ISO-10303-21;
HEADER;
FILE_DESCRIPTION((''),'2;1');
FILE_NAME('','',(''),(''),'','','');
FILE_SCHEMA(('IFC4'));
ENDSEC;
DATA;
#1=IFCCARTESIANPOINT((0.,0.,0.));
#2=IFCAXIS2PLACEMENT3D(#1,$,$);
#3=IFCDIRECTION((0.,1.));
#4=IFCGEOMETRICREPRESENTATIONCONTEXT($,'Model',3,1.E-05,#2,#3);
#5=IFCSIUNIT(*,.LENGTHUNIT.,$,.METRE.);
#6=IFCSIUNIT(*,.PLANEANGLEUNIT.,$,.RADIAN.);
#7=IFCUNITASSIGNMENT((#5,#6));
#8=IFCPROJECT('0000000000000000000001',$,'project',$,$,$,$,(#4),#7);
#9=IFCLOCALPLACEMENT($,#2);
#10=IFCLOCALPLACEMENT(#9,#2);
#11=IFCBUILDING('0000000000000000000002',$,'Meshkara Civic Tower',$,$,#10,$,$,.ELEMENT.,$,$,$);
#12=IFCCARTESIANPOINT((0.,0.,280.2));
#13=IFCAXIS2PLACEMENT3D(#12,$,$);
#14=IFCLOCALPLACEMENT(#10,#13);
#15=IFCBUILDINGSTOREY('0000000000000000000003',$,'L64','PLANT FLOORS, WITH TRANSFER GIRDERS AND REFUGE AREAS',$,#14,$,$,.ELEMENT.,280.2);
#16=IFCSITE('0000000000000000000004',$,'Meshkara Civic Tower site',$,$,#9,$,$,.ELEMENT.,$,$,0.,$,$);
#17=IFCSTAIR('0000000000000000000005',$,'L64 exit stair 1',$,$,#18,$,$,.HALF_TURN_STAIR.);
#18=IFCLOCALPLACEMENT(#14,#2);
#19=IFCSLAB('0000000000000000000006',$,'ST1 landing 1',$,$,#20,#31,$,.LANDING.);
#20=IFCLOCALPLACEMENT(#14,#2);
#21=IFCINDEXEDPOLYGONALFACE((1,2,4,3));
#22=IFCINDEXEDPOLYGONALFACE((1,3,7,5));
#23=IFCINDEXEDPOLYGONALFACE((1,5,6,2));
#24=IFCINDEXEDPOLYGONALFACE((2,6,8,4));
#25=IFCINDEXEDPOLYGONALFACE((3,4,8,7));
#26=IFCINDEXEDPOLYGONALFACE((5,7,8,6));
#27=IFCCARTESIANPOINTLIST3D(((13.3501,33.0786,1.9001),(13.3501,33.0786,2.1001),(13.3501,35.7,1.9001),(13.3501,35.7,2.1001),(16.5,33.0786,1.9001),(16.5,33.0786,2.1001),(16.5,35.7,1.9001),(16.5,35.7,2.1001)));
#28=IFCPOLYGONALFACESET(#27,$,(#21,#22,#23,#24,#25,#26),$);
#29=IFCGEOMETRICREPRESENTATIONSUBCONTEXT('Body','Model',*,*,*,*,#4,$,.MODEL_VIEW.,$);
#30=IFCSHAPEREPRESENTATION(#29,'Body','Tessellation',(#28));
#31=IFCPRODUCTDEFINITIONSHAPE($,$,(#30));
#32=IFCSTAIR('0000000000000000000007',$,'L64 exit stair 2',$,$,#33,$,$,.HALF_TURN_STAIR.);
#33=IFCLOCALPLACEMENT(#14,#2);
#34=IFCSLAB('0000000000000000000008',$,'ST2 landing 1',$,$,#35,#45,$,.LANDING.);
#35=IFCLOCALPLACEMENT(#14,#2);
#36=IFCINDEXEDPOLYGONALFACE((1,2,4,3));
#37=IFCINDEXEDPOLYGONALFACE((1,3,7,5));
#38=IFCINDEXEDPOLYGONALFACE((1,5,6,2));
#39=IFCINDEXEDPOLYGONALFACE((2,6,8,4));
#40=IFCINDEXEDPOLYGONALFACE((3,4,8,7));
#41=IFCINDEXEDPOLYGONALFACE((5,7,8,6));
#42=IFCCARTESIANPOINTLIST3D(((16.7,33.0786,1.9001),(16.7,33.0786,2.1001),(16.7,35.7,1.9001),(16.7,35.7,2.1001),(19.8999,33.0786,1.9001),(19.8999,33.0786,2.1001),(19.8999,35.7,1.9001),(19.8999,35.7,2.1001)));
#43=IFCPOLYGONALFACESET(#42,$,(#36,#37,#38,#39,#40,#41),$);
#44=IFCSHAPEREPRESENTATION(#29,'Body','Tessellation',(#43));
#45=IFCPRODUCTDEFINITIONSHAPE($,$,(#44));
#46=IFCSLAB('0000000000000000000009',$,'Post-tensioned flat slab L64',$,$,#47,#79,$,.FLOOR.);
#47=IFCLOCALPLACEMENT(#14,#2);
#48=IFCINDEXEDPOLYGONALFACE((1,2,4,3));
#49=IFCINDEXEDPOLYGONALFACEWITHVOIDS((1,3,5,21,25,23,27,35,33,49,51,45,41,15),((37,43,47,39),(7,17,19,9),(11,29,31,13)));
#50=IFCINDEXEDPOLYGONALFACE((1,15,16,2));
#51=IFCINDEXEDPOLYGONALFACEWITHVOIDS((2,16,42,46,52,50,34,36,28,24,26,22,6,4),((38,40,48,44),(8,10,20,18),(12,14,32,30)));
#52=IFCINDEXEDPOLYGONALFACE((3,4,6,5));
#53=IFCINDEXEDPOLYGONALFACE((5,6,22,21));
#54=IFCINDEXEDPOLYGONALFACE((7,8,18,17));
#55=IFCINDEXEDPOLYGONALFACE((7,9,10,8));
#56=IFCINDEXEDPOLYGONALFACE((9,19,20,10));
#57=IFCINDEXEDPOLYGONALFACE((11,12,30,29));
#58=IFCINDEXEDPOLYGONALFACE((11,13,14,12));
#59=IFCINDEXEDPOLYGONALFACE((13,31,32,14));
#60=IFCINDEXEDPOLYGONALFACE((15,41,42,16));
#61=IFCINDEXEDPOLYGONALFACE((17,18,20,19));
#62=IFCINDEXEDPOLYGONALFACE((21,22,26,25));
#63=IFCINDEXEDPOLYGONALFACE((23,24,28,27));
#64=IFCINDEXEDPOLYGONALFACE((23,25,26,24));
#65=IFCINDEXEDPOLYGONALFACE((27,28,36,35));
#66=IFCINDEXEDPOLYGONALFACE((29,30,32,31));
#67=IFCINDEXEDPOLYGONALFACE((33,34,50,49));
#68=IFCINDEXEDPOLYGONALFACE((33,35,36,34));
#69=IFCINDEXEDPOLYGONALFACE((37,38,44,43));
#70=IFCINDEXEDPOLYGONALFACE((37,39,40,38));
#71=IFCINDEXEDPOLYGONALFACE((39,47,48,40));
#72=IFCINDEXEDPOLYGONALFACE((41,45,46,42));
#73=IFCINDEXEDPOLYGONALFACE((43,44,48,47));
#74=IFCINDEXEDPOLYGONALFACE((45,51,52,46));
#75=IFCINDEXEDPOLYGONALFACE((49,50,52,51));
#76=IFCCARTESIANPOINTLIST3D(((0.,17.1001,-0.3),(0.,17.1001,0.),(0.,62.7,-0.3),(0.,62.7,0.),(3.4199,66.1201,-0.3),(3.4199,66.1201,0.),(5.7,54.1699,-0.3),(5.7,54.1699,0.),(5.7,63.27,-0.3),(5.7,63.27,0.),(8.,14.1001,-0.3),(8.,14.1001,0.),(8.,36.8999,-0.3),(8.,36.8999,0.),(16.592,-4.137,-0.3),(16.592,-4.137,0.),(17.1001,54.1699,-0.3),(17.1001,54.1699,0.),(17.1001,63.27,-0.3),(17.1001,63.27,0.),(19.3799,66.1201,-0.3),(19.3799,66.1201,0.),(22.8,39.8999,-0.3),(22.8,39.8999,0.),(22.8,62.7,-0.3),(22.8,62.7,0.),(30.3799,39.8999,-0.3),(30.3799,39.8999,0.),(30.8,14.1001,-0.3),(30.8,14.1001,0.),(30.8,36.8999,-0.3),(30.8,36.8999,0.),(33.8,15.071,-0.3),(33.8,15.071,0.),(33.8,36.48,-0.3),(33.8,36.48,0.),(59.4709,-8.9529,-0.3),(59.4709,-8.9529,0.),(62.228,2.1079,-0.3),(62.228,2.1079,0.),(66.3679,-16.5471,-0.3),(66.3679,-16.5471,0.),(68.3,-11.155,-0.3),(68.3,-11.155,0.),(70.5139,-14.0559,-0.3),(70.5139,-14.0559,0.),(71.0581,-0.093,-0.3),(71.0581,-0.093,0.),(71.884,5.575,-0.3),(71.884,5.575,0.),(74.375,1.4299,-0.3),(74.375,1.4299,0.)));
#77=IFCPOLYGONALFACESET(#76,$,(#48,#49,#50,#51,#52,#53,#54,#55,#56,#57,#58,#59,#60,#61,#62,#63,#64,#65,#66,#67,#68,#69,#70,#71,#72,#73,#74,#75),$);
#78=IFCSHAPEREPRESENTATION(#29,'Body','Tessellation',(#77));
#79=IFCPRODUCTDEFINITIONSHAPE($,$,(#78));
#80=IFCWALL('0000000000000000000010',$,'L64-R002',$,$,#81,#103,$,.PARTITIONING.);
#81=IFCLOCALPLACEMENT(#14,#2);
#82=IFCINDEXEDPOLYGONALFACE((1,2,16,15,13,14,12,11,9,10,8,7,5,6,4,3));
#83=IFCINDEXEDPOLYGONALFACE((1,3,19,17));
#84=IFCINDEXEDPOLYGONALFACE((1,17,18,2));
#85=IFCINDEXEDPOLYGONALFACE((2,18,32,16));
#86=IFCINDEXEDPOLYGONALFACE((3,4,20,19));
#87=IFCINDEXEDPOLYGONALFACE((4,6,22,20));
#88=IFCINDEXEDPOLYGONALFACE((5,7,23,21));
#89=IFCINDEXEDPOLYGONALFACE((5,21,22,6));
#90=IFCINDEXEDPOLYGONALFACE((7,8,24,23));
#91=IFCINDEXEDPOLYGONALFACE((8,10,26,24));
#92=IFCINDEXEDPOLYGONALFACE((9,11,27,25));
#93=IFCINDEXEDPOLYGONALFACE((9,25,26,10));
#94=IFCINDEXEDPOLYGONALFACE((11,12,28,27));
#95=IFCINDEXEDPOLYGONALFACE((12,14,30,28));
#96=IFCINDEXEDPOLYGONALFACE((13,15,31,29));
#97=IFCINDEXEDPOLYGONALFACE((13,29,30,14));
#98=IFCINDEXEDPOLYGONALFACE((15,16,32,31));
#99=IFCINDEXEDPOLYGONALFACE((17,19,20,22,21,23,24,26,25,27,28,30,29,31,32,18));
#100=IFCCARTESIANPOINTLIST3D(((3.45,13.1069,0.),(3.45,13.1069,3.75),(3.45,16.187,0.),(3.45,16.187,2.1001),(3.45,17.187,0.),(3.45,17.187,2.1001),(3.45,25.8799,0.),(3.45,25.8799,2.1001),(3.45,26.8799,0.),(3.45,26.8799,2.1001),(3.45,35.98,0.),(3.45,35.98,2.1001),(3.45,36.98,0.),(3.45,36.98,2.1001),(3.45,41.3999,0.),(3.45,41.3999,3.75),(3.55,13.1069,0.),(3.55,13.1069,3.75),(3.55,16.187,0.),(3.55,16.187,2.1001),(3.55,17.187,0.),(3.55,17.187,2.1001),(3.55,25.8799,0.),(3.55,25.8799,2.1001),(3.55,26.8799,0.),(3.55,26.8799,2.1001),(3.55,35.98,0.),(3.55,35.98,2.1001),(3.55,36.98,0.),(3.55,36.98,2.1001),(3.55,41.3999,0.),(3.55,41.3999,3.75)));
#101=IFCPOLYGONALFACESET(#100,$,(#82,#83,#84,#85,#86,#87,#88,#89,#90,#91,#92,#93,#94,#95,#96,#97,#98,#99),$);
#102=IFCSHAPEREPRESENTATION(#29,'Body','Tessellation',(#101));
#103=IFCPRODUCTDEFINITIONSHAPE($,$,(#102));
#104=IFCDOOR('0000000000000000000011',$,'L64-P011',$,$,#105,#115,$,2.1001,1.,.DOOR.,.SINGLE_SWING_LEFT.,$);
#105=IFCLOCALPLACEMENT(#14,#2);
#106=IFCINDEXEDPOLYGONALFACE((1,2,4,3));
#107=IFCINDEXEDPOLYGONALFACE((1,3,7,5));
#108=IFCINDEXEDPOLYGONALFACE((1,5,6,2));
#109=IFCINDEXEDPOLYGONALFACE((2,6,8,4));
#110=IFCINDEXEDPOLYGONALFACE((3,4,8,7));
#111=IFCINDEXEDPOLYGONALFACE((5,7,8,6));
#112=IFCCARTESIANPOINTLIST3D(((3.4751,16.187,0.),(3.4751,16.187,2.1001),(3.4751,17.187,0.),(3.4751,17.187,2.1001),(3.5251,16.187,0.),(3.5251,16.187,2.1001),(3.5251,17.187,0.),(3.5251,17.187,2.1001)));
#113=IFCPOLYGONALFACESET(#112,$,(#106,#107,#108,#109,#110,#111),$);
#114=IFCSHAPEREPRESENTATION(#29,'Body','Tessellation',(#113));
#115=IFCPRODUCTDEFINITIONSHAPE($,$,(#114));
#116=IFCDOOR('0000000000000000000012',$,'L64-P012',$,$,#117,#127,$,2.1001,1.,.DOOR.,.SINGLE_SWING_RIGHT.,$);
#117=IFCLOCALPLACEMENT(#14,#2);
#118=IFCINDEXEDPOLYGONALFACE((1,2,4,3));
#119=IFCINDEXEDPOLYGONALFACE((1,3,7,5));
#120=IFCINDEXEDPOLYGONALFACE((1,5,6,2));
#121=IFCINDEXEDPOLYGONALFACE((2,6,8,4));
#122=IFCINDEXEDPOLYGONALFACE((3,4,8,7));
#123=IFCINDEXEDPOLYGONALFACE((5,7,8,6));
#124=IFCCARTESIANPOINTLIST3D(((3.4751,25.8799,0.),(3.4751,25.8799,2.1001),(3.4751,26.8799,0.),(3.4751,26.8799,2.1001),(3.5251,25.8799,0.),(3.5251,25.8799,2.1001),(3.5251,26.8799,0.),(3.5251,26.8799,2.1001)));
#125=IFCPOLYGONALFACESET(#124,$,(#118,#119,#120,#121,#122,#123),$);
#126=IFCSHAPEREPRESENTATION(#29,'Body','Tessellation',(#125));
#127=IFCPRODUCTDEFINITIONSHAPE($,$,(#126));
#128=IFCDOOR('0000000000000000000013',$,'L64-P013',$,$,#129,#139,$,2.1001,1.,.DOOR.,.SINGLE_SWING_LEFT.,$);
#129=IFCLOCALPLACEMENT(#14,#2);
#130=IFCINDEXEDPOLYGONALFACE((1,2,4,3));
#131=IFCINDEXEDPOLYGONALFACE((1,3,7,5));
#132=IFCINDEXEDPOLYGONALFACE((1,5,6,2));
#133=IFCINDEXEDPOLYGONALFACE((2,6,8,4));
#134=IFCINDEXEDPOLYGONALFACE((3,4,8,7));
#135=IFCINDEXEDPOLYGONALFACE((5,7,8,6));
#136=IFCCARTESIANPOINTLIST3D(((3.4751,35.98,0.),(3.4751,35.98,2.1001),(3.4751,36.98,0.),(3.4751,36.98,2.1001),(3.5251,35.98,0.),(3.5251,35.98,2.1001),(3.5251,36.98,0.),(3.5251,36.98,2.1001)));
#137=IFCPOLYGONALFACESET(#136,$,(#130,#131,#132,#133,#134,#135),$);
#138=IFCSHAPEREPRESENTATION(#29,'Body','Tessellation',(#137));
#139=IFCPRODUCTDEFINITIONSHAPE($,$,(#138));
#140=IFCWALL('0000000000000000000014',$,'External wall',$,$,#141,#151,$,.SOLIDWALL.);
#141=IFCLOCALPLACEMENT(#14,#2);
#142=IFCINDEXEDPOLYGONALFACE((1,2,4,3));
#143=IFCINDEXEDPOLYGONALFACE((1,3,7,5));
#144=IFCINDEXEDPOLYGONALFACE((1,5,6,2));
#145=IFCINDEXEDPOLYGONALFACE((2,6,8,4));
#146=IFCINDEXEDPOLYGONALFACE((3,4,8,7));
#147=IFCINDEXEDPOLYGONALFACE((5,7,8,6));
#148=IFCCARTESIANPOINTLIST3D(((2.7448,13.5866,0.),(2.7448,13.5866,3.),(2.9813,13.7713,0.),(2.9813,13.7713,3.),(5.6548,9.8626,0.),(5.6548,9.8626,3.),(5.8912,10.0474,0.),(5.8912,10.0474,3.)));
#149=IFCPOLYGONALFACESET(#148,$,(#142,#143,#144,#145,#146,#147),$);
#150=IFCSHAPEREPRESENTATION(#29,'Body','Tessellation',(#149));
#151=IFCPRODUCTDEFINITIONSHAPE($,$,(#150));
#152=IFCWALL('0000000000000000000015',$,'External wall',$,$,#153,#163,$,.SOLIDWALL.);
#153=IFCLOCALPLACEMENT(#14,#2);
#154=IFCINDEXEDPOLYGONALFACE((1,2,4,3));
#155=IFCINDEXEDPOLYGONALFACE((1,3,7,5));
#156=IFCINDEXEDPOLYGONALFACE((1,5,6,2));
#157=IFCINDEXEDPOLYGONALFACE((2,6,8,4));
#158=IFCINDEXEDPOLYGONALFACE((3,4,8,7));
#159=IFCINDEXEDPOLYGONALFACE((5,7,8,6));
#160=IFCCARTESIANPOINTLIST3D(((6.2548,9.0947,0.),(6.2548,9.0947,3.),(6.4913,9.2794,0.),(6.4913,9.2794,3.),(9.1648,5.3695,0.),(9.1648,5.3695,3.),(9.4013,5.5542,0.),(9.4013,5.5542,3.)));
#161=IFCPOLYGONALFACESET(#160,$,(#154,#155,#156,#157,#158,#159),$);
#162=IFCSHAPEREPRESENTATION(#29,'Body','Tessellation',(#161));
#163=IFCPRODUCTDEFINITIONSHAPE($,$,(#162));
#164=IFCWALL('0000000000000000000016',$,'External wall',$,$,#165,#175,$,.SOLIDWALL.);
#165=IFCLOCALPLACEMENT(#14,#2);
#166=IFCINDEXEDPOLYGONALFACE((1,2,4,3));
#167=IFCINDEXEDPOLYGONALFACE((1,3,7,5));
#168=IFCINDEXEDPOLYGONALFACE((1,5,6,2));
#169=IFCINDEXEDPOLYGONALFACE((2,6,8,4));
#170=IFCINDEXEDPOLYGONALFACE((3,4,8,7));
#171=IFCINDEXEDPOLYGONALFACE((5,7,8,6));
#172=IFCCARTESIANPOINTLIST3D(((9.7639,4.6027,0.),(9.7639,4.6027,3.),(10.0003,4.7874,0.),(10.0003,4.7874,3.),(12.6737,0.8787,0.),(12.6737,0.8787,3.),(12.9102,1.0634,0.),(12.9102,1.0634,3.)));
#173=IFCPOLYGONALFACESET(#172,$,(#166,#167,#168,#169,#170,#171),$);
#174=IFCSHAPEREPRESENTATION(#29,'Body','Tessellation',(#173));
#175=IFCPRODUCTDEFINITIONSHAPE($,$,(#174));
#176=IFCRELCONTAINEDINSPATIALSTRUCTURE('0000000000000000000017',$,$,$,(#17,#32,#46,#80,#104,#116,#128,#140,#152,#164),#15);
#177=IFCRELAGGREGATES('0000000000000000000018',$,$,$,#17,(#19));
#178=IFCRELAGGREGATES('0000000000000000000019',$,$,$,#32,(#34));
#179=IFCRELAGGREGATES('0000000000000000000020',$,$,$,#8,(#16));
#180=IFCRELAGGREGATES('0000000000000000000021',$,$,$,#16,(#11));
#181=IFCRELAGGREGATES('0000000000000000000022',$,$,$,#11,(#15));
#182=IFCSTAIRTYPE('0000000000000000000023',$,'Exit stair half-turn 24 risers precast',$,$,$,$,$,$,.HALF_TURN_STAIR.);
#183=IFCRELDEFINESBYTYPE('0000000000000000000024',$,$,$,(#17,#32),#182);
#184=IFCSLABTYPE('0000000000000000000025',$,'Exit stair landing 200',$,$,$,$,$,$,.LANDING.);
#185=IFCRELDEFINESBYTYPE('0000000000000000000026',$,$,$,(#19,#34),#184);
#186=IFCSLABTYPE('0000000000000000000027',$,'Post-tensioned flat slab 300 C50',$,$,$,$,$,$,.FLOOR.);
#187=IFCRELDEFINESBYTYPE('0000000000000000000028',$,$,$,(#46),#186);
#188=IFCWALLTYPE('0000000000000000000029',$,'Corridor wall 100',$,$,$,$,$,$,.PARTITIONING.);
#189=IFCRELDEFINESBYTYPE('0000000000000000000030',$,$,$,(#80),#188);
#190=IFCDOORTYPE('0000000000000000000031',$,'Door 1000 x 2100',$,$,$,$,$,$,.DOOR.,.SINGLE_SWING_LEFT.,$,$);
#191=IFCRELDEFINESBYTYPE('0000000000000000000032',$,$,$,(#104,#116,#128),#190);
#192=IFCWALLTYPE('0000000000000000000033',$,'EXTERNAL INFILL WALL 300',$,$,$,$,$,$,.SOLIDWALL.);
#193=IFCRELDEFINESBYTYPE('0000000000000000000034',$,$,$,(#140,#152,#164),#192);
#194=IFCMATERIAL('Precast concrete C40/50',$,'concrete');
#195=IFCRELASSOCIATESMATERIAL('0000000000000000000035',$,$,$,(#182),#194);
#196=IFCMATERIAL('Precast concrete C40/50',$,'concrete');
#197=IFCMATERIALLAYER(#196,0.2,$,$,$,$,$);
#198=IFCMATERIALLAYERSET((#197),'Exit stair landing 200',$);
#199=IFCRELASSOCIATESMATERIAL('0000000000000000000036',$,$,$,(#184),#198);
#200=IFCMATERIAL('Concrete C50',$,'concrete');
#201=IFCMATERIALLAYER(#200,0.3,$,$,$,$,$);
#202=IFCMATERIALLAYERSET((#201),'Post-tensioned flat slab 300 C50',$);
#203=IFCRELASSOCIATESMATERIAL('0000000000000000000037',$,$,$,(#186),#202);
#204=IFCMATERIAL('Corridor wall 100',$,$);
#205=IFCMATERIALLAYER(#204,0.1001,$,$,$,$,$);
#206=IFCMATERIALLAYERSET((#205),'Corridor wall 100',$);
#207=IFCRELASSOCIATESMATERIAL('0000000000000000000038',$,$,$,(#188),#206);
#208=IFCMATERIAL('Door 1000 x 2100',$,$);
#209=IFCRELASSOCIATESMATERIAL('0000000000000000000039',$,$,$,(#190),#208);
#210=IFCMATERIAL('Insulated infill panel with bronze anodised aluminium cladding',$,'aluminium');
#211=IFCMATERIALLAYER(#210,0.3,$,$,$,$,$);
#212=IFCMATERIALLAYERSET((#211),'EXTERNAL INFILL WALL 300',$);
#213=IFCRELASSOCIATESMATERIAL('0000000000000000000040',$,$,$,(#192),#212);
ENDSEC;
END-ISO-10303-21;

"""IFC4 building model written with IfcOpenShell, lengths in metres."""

from ifc_helpers import new_model, si_unit, direction, frame, frame_2d, origin, place, context, subcontext, project, spatial, polyline, rectangle, outline, extrude, material, layer, layer_set, type_object, element, fill, aggregate, save


model = new_model("IFC4")

# Units and contexts
model_context = context("Model", 3, precision=1e-05, world=origin(), true_north=direction((0.0, 1.0)))
body_context = subcontext(model_context, "Body", "Model", "MODEL_VIEW")
ifc_project = project(units=[si_unit("LENGTHUNIT", "METRE"), si_unit("PLANEANGLEUNIT", "RADIAN")], contexts=[model_context])

# Site, building, storey
site_placement = place(None, origin())
site = spatial("IfcSite", under=ifc_project, at=site_placement, Name="Meshkara Civic Tower site", CompositionType="ELEMENT", RefElevation=0.0)
building_placement = place(site_placement, origin())
building = spatial("IfcBuilding", under=site, at=building_placement, Name="Meshkara Civic Tower", CompositionType="ELEMENT")
storey_placement = place(building_placement, frame((0.0, 0.0, 280.2)))
storey = spatial("IfcBuildingStorey", under=building, at=storey_placement, Name="L64", Description="PLANT FLOORS, WITH TRANSFER GIRDERS AND REFUGE AREAS", CompositionType="ELEMENT", Elevation=280.2)

# Stairs, slabs
ifc_material_1 = material(Name="Precast concrete C40/50", Category="concrete")
stair_type = type_object("IfcStairType", Name="Exit stair half-turn 24 risers precast", PredefinedType="HALF_TURN_STAIR", material=ifc_material_1)
stair_1_placement = place(storey_placement, origin())
stair_1 = element("IfcStair", 1, at=stair_1_placement, inside=storey, type_object=stair_type, Name="L64 exit stair 1", PredefinedType="HALF_TURN_STAIR")
ifc_material_2 = material(Name="Precast concrete C40/50", Category="concrete")
ifc_layer_1 = layer(ifc_material_2, 0.2)
ifc_layer_set_1 = layer_set([ifc_layer_1], Name="Exit stair landing 200")
slab_type_1 = type_object("IfcSlabType", Name="Exit stair landing 200", PredefinedType="LANDING", material=ifc_layer_set_1)
slab_1_placement = place(storey_placement, frame((0.0, 0.0, 1.9001)))
slab_1 = element("IfcSlab", 2, at=slab_1_placement, type_object=slab_type_1, Name="ST1 landing 1", PredefinedType="LANDING", context=body_context, shape_type="SweptSolid", body=[
    extrude(outline(polyline([(16.5, 33.0786), (16.5, 35.7), (13.3501, 35.7), (13.3501, 33.0786), (16.5, 33.0786)])), origin(), (0.0, 0.0, 1.0), 0.2),
])
aggregate(stair_1, [slab_1])
stair_2_placement = place(storey_placement, origin())
stair_2 = element("IfcStair", 3, at=stair_2_placement, inside=storey, type_object=stair_type, Name="L64 exit stair 2", PredefinedType="HALF_TURN_STAIR")
slab_2_placement = place(storey_placement, frame((0.0, 0.0, 1.9001)))
slab_2 = element("IfcSlab", 4, at=slab_2_placement, type_object=slab_type_1, Name="ST2 landing 1", PredefinedType="LANDING", context=body_context, shape_type="SweptSolid", body=[
    extrude(outline(polyline([(19.8999, 33.0786), (19.8999, 35.7), (16.7, 35.7), (16.7, 33.0786), (19.8999, 33.0786)])), origin(), (0.0, 0.0, 1.0), 0.2),
])
aggregate(stair_2, [slab_2])

# Slab
ifc_material_3 = material(Name="Concrete C50", Category="concrete")
ifc_layer_2 = layer(ifc_material_3, 0.3)
ifc_layer_set_2 = layer_set([ifc_layer_2], Name="Post-tensioned flat slab 300 C50")
slab_type_2 = type_object("IfcSlabType", Name="Post-tensioned flat slab 300 C50", PredefinedType="FLOOR", material=ifc_layer_set_2)
slab_3_placement = place(storey_placement, frame((0.0, 0.0, -0.3)))
element("IfcSlab", 5, at=slab_3_placement, inside=storey, type_object=slab_type_2, Name="Post-tensioned flat slab L64", PredefinedType="FLOOR", context=body_context, shape_type="SweptSolid", body=[
    extrude(outline(polyline([(70.5139, -14.0559), (66.3679, -16.5471), (16.592, -4.137), (0.0, 17.1001), (0.0, 62.7), (3.4199, 66.1201), (19.3799, 66.1201), (22.8, 62.7), (22.8, 39.8999), (30.3799, 39.8999), (33.8, 36.48), (33.8, 15.071), (71.884, 5.575), (74.375, 1.4299), (70.5139, -14.0559)]), holes=[polyline([(68.3, -11.155), (71.0581, -0.093), (62.228, 2.1079), (59.4709, -8.9529), (68.3, -11.155)]), polyline([(8.0, 14.1001), (30.8, 14.1001), (30.8, 36.8999), (8.0, 36.8999), (8.0, 14.1001)]), polyline([(5.7, 63.27), (5.7, 54.1699), (17.1001, 54.1699), (17.1001, 63.27), (5.7, 63.27)])]), origin(), (0.0, 0.0, 1.0), 0.3),
])

# Wall, openings, doors
ifc_material_4 = material(Name="Corridor wall 100")
ifc_layer_3 = layer(ifc_material_4, 0.1001)
ifc_layer_set_3 = layer_set([ifc_layer_3], Name="Corridor wall 100")
wall_type_1 = type_object("IfcWallType", Name="Corridor wall 100", PredefinedType="PARTITIONING", material=ifc_layer_set_3)
wall_1_placement = place(storey_placement, frame((3.5, 13.1069, 0.0), z_axis=(0.0, 0.0, 1.0), x_axis=(0.0, 1.0, 0.0)))
wall_1 = element("IfcWall", 6, at=wall_1_placement, inside=storey, type_object=wall_type_1, Name="L64-R002", PredefinedType="PARTITIONING", context=body_context, shape_type="SweptSolid", body=[
    extrude(rectangle(XDim=28.293, YDim=0.1001, at=frame_2d((14.1465, 0.0))), origin(), (0.0, 0.0, 1.0), 3.75),
])
opening_1_placement = place(wall_1_placement, frame((3.0801, 0.0, 0.0)))
opening_1 = element("IfcOpeningElement", 7, at=opening_1_placement, cuts=wall_1, PredefinedType="OPENING", context=body_context, shape_type="SweptSolid", body=[
    extrude(rectangle(XDim=1.0, YDim=2.1001, at=frame_2d((0.5, 1.05))), frame((0.0, 0.0601, 0.0), z_axis=(0.0, -1.0, 0.0), x_axis=(1.0, 0.0, 0.0)), (0.0, 0.0, 1.0), 0.1201),
])
opening_2_placement = place(wall_1_placement, frame((12.7729, 0.0, 0.0)))
opening_2 = element("IfcOpeningElement", 8, at=opening_2_placement, cuts=wall_1, PredefinedType="OPENING", context=body_context, shape_type="SweptSolid", body=[
    extrude(rectangle(XDim=1.0, YDim=2.1001, at=frame_2d((0.5, 1.05))), frame((0.0, 0.0601, 0.0), z_axis=(0.0, -1.0, 0.0), x_axis=(1.0, 0.0, 0.0)), (0.0, 0.0, 1.0), 0.1201),
])
opening_3_placement = place(wall_1_placement, frame((22.873, 0.0, 0.0)))
opening_3 = element("IfcOpeningElement", 9, at=opening_3_placement, cuts=wall_1, PredefinedType="OPENING", context=body_context, shape_type="SweptSolid", body=[
    extrude(rectangle(XDim=1.0, YDim=2.1001, at=frame_2d((0.5, 1.05))), frame((0.0, 0.0601, 0.0), z_axis=(0.0, -1.0, 0.0), x_axis=(1.0, 0.0, 0.0)), (0.0, 0.0, 1.0), 0.1201),
])
ifc_material_5 = material(Name="Door 1000 x 2100")
door_type_1 = type_object("IfcDoorType", Name="Door 1000 x 2100", OperationType="SINGLE_SWING_LEFT", PredefinedType="DOOR", material=ifc_material_5)
door_1_placement = place(opening_1_placement, origin())
door_1 = element("IfcDoor", 10, at=door_1_placement, inside=storey, type_object=door_type_1, Name="L64-P011", OperationType="SINGLE_SWING_LEFT", OverallHeight=2.1001, OverallWidth=1.0, PredefinedType="DOOR", context=body_context, shape_type="SweptSolid", body=[
    extrude(rectangle(XDim=1.0, YDim=2.1001, at=frame_2d((0.5, 1.05))), frame((0.0, 0.0249, 0.0), z_axis=(0.0, -1.0, 0.0), x_axis=(1.0, 0.0, 0.0)), (0.0, 0.0, 1.0), 0.05),
])
fill(opening_1, door_1)
door_2_placement = place(opening_2_placement, origin())
door_2 = element("IfcDoor", 11, at=door_2_placement, inside=storey, type_object=door_type_1, Name="L64-P012", OperationType="SINGLE_SWING_RIGHT", OverallHeight=2.1001, OverallWidth=1.0, PredefinedType="DOOR", context=body_context, shape_type="SweptSolid", body=[
    extrude(rectangle(XDim=1.0, YDim=2.1001, at=frame_2d((0.5, 1.05))), frame((0.0, 0.0249, 0.0), z_axis=(0.0, -1.0, 0.0), x_axis=(1.0, 0.0, 0.0)), (0.0, 0.0, 1.0), 0.05),
])
fill(opening_2, door_2)
door_3_placement = place(opening_3_placement, origin())
door_3 = element("IfcDoor", 12, at=door_3_placement, inside=storey, type_object=door_type_1, Name="L64-P013", OperationType="SINGLE_SWING_LEFT", OverallHeight=2.1001, OverallWidth=1.0, PredefinedType="DOOR", context=body_context, shape_type="SweptSolid", body=[
    extrude(rectangle(XDim=1.0, YDim=2.1001, at=frame_2d((0.5, 1.05))), frame((0.0, 0.0249, 0.0), z_axis=(0.0, -1.0, 0.0), x_axis=(1.0, 0.0, 0.0)), (0.0, 0.0, 1.0), 0.05),
])
fill(opening_3, door_3)

# Walls
ifc_material_6 = material(Name="Insulated infill panel with bronze anodised aluminium cladding", Category="aluminium")
ifc_layer_4 = layer(ifc_material_6, 0.3)
ifc_layer_set_4 = layer_set([ifc_layer_4], Name="EXTERNAL INFILL WALL 300")
wall_type_2 = type_object("IfcWallType", Name="EXTERNAL INFILL WALL 300", PredefinedType="SOLIDWALL", material=ifc_layer_set_4)
wall_2_placement = place(storey_placement, frame((2.863, 13.679, 0.0), z_axis=(0.0, 0.0, 1.0), x_axis=(0.615727, -0.787959, 0.0)))
element("IfcWall", 13, at=wall_2_placement, inside=storey, type_object=wall_type_2, Name="External wall", PredefinedType="SOLIDWALL", context=body_context, shape_type="SweptSolid", body=[
    extrude(rectangle(XDim=4.7261, YDim=0.3, at=frame_2d((2.363, 0.0))), origin(), (0.0, 0.0, 1.0), 3.0),
])
wall_3_placement = place(storey_placement, frame((6.373, 9.187, 0.0), z_axis=(0.0, 0.0, 1.0), x_axis=(0.615602, -0.788057, 0.0)))
element("IfcWall", 14, at=wall_3_placement, inside=storey, type_object=wall_type_2, Name="External wall", PredefinedType="SOLIDWALL", context=body_context, shape_type="SweptSolid", body=[
    extrude(rectangle(XDim=4.7271, YDim=0.3, at=frame_2d((2.3635, 0.0))), origin(), (0.0, 0.0, 1.0), 3.0),
])
wall_4_placement = place(storey_placement, frame((9.8821, 4.6951, 0.0), z_axis=(0.0, 0.0, 1.0), x_axis=(0.615702, -0.787979, 0.0)))
element("IfcWall", 15, at=wall_4_placement, inside=storey, type_object=wall_type_2, Name="External wall", PredefinedType="SOLIDWALL", context=body_context, shape_type="SweptSolid", body=[
    extrude(rectangle(XDim=4.7261, YDim=0.3, at=frame_2d((2.363, 0.0))), origin(), (0.0, 0.0, 1.0), 3.0),
])

save(model, "model.ifc")
